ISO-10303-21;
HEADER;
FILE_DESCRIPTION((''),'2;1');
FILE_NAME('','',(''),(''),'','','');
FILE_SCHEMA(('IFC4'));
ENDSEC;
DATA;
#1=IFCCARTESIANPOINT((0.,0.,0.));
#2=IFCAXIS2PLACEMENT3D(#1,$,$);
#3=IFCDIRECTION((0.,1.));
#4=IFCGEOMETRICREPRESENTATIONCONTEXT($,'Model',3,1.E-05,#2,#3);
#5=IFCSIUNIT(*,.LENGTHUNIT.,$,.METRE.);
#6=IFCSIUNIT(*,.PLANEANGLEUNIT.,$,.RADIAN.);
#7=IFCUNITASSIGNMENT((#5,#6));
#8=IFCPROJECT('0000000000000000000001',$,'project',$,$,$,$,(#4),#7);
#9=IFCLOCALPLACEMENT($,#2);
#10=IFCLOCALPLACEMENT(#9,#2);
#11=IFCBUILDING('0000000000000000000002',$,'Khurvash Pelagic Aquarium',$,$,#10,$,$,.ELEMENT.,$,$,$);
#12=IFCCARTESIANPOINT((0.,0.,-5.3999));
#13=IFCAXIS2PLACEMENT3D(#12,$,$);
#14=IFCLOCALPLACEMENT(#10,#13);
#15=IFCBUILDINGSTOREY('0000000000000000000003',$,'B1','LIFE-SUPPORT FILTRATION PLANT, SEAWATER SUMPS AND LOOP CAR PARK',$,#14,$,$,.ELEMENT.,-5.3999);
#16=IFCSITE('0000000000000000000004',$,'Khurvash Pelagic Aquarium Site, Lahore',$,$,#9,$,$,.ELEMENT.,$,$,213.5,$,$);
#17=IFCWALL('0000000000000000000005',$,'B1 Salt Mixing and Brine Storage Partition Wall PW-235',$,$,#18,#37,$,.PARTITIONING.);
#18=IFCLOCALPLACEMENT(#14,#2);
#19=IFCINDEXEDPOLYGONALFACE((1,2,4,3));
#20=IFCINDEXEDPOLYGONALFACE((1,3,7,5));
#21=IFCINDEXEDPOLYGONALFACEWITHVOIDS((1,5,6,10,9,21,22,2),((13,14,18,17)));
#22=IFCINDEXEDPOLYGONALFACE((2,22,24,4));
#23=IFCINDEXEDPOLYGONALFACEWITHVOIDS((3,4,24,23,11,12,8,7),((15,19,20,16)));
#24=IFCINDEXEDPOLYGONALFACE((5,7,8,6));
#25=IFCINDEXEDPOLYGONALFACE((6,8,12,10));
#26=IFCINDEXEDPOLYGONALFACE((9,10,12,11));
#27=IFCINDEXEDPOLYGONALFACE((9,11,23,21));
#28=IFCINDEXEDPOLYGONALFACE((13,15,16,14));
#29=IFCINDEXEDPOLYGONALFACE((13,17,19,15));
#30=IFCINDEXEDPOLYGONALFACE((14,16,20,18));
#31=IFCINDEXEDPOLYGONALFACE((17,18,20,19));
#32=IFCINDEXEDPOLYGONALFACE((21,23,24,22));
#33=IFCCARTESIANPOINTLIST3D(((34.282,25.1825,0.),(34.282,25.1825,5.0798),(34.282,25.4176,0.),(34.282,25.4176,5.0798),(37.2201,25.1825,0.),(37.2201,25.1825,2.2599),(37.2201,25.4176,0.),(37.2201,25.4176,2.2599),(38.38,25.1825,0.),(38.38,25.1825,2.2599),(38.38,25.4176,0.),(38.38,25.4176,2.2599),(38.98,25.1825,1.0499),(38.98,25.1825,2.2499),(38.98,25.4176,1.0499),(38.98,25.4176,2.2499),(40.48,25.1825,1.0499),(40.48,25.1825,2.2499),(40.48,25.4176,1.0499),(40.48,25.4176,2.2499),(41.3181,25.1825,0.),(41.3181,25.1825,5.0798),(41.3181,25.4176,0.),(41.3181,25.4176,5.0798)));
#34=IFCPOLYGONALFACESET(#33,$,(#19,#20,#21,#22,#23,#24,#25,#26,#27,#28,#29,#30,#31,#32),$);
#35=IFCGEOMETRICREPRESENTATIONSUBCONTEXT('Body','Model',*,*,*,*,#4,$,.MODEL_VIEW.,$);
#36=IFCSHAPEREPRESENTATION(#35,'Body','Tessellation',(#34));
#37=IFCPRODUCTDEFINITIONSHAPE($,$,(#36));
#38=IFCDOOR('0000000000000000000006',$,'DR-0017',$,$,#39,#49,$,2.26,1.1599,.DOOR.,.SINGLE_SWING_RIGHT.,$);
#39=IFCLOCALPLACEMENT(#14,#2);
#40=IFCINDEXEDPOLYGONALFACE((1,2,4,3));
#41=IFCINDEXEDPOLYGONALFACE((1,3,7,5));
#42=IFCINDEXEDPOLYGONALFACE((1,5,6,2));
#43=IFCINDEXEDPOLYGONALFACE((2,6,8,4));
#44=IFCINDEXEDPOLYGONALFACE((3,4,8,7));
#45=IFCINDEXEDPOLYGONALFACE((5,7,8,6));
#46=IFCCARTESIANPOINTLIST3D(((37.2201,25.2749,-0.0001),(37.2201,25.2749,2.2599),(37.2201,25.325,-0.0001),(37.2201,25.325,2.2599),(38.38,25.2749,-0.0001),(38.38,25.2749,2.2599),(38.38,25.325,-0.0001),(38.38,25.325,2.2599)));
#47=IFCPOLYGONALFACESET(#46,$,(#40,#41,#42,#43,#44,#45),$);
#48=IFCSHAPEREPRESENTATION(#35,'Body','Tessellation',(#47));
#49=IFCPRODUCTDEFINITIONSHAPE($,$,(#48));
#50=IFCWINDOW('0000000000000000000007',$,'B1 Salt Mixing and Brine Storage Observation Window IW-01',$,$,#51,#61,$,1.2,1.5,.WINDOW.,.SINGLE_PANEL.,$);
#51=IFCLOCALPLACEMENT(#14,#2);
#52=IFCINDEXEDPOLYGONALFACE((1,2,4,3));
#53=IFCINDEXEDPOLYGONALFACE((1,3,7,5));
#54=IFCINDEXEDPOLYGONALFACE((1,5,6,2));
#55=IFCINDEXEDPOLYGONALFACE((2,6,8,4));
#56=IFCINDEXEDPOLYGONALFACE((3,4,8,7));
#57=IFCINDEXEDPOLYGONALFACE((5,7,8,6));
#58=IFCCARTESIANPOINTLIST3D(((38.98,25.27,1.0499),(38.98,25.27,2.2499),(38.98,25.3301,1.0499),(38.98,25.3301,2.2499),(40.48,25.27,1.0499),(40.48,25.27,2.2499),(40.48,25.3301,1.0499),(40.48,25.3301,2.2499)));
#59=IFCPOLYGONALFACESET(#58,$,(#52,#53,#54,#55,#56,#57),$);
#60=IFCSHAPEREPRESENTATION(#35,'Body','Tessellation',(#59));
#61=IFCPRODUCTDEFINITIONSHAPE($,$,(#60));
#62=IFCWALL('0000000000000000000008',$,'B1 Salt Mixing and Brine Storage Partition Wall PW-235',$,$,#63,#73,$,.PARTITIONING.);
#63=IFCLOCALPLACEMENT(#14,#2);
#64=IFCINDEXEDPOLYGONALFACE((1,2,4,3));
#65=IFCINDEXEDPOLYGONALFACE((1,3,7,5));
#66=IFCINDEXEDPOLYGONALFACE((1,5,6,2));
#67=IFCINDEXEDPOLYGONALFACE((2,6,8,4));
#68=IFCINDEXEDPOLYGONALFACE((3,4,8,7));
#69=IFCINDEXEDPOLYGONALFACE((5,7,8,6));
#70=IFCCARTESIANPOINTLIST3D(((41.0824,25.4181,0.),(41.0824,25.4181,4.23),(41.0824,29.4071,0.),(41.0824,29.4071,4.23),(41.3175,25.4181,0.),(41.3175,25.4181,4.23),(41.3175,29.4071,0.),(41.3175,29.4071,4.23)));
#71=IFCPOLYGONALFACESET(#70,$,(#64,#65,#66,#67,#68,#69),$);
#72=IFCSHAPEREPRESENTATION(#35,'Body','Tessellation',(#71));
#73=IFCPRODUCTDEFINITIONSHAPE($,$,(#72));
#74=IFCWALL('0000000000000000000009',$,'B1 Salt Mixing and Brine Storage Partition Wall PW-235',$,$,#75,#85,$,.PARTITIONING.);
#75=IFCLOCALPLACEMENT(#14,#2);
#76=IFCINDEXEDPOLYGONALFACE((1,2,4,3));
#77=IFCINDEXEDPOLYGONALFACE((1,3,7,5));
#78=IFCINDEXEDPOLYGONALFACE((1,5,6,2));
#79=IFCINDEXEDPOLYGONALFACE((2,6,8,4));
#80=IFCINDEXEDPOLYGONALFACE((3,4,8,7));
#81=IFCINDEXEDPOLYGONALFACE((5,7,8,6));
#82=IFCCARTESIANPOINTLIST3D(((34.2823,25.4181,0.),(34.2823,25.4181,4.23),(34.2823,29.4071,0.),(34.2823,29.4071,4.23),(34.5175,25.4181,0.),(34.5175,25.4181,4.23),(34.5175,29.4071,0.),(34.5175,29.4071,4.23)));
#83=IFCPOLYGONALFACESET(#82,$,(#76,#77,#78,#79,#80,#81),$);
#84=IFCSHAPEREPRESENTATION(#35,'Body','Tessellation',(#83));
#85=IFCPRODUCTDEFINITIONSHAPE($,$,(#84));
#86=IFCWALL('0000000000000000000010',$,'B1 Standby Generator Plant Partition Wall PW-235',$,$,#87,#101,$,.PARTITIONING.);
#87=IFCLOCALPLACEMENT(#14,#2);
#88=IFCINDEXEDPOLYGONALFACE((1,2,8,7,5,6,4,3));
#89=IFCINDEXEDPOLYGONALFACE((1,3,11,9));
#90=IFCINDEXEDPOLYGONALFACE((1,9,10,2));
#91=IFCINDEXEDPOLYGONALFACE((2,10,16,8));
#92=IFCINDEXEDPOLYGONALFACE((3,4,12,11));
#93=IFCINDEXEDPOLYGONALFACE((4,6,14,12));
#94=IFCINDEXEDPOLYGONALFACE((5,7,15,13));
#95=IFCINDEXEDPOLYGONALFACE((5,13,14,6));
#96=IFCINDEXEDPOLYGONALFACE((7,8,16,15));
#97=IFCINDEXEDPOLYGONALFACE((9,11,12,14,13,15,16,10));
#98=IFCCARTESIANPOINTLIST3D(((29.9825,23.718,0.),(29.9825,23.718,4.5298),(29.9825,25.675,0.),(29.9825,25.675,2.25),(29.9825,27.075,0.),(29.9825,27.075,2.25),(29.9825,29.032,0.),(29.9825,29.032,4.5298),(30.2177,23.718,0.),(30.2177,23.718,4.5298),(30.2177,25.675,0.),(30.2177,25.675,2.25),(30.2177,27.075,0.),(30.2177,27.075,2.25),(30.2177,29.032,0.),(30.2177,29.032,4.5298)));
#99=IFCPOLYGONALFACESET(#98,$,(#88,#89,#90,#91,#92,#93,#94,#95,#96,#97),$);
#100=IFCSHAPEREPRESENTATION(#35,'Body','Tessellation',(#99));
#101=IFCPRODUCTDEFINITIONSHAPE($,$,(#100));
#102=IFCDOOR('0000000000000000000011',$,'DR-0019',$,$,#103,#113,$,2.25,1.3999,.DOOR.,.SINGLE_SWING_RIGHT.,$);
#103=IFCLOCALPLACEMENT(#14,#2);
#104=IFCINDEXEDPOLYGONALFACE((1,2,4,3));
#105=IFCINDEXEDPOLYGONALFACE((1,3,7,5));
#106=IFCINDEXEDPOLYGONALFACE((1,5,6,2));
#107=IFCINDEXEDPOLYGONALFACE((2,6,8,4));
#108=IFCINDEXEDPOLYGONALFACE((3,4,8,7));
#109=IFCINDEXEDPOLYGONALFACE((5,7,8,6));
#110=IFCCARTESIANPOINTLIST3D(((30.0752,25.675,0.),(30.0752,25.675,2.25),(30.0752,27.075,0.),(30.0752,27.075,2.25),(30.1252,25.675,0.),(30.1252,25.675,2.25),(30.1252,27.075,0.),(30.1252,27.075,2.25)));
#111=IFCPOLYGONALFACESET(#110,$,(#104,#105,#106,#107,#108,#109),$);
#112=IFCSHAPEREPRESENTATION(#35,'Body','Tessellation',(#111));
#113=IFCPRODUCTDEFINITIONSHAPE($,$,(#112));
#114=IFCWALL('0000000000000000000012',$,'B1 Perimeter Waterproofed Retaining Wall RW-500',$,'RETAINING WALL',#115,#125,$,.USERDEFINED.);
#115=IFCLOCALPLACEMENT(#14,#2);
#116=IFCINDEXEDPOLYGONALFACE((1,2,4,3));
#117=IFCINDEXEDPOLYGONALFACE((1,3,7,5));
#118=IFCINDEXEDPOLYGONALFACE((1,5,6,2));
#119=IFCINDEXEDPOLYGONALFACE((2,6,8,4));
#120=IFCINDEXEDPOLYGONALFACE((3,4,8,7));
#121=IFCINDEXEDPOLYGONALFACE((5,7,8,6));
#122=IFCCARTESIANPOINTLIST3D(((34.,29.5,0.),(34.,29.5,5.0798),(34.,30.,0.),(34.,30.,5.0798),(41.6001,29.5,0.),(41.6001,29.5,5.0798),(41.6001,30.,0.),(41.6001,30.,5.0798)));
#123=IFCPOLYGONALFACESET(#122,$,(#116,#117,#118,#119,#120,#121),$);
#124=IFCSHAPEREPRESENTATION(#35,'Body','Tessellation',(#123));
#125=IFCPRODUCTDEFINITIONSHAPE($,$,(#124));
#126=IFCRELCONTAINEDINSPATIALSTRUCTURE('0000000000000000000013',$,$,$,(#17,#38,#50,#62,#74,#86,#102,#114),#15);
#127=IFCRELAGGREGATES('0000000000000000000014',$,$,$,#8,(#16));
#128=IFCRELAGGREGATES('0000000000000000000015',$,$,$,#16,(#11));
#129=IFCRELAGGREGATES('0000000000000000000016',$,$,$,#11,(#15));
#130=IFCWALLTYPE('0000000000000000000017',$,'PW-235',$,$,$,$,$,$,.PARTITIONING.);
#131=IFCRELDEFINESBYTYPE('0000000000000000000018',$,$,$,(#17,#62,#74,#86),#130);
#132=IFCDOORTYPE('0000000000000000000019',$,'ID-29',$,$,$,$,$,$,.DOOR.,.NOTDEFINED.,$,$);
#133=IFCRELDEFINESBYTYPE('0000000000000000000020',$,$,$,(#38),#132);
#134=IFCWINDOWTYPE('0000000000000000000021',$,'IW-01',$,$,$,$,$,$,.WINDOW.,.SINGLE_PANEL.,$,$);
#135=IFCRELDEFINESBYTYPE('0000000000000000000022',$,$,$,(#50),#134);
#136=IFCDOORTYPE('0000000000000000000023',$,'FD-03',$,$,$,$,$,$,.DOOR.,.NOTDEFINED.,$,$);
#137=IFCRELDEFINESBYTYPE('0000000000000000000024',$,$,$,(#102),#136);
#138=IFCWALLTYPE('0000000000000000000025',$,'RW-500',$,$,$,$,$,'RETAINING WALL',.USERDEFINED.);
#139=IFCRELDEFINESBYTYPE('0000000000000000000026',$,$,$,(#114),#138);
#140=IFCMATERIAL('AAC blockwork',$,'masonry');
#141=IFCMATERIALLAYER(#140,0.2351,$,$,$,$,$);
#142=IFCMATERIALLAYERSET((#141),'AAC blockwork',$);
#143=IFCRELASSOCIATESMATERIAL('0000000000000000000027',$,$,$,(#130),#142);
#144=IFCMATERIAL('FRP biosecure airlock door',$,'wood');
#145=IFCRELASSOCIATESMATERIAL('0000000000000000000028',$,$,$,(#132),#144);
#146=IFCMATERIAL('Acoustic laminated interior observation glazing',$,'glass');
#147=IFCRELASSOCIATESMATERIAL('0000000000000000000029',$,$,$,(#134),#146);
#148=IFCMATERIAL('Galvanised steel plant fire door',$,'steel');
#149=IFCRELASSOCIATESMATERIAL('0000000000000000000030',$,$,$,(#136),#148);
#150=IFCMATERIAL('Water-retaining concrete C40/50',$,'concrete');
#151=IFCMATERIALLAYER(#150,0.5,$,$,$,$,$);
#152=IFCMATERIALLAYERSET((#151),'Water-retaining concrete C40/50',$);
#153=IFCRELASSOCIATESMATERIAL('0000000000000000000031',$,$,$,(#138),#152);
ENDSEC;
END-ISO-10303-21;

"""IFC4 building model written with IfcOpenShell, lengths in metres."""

from ifc_helpers import new_model, si_unit, direction, frame, frame_2d, origin, place, context, subcontext, project, spatial, rectangle, extrude, material, layer, layer_set, type_object, element, fill, save


model = new_model("IFC4")

# Units and contexts
model_context = context("Model", 3, precision=1e-05, world=origin(), true_north=direction((0.0, 1.0)))
body_context = subcontext(model_context, "Body", "Model", "MODEL_VIEW")
ifc_project = project(units=[si_unit("LENGTHUNIT", "METRE"), si_unit("PLANEANGLEUNIT", "RADIAN")], contexts=[model_context])

# Site, building, storey
site_placement = place(None, origin())
site = spatial("IfcSite", under=ifc_project, at=site_placement, Name="Khurvash Pelagic Aquarium Site, Lahore", CompositionType="ELEMENT", RefElevation=213.5)
building_placement = place(site_placement, origin())
building = spatial("IfcBuilding", under=site, at=building_placement, Name="Khurvash Pelagic Aquarium", CompositionType="ELEMENT")
storey_placement = place(building_placement, frame((0.0, 0.0, -5.3999)))
storey = spatial("IfcBuildingStorey", under=building, at=storey_placement, Name="B1", Description="LIFE-SUPPORT FILTRATION PLANT, SEAWATER SUMPS AND LOOP CAR PARK", CompositionType="ELEMENT", Elevation=-5.3999)

# Wall, openings, door, window
ifc_material_1 = material(Name="AAC blockwork", Category="masonry")
ifc_layer_1 = layer(ifc_material_1, 0.2351)
ifc_layer_set_1 = layer_set([ifc_layer_1], Name="AAC blockwork")
wall_type_1 = type_object("IfcWallType", Name="PW-235", PredefinedType="PARTITIONING", material=ifc_layer_set_1)
wall_1_placement = place(storey_placement, frame((34.282, 25.3, 0.0), z_axis=(0.0, 0.0, 1.0), x_axis=(1.0, 0.0, 0.0)))
wall_1 = element("IfcWall", 1, at=wall_1_placement, inside=storey, type_object=wall_type_1, Name="B1 Salt Mixing and Brine Storage Partition Wall PW-235", PredefinedType="PARTITIONING", context=body_context, shape_type="SweptSolid", body=[
    extrude(rectangle(XDim=7.0361, YDim=0.2351, at=frame_2d((3.5181, 0.0))), origin(), (0.0, 0.0, 1.0), 5.0798),
])
opening_1_placement = place(wall_1_placement, frame((2.938, 0.0, 0.0)))
opening_1 = element("IfcOpeningElement", 2, at=opening_1_placement, cuts=wall_1, PredefinedType="OPENING", context=body_context, shape_type="SweptSolid", body=[
    extrude(rectangle(XDim=1.1599, YDim=2.26, at=frame_2d((0.5801, 1.1299))), frame((0.0, 0.1274, 0.0), z_axis=(0.0, -1.0, 0.0), x_axis=(1.0, 0.0, 0.0)), (0.0, 0.0, 1.0), 0.2551),
])
opening_2_placement = place(wall_1_placement, frame((4.698, 0.0, 1.0498)))
opening_2 = element("IfcOpeningElement", 3, at=opening_2_placement, cuts=wall_1, PredefinedType="OPENING", context=body_context, shape_type="SweptSolid", body=[
    extrude(rectangle(XDim=1.5, YDim=1.2, at=frame_2d((0.75, 0.6001))), frame((0.0, 0.1274, 0.0), z_axis=(0.0, -1.0, 0.0), x_axis=(1.0, 0.0, 0.0)), (0.0, 0.0, 1.0), 0.2551),
])
ifc_material_2 = material(Name="FRP biosecure airlock door", Category="wood")
door_type_1 = type_object("IfcDoorType", Name="ID-29", OperationType="NOTDEFINED", PredefinedType="DOOR", material=ifc_material_2)
door_1_placement = place(opening_1_placement, origin())
door_1 = element("IfcDoor", 4, at=door_1_placement, inside=storey, type_object=door_type_1, Name="DR-0017", OperationType="SINGLE_SWING_RIGHT", OverallHeight=2.26, OverallWidth=1.1599, PredefinedType="DOOR", context=body_context, shape_type="SweptSolid", body=[
    extrude(rectangle(XDim=1.1599, YDim=2.26, at=frame_2d((0.5801, 1.1299))), frame((0.0, 0.0249, 0.0), z_axis=(0.0, -1.0, 0.0), x_axis=(1.0, 0.0, 0.0)), (0.0, 0.0, 1.0), 0.05),
])
fill(opening_1, door_1)
ifc_material_3 = material(Name="Acoustic laminated interior observation glazing", Category="glass")
window_type = type_object("IfcWindowType", Name="IW-01", PartitioningType="SINGLE_PANEL", PredefinedType="WINDOW", material=ifc_material_3)
window_placement = place(opening_2_placement, origin())
window = element("IfcWindow", 5, at=window_placement, inside=storey, type_object=window_type, Name="B1 Salt Mixing and Brine Storage Observation Window IW-01", OverallHeight=1.2, OverallWidth=1.5, PartitioningType="SINGLE_PANEL", PredefinedType="WINDOW", context=body_context, shape_type="SweptSolid", body=[
    extrude(rectangle(XDim=1.5, YDim=1.2, at=frame_2d((0.75, 0.6001))), frame((0.0, 0.03, 0.0), z_axis=(0.0, -1.0, 0.0), x_axis=(1.0, 0.0, 0.0)), (0.0, 0.0, 1.0), 0.0601),
])
fill(opening_2, window)

# Walls
for number, where, z_axis, x_axis, name in (
    (6, (41.2, 25.418, 0.0), (0.0, 0.0, 1.0), (0.0, 1.0, 0.0), "B1 Salt Mixing and Brine Storage Partition Wall PW-235"),
    (7, (34.3999, 25.418, 0.0), (0.0, 0.0, 1.0), (0.0, 1.0, 0.0), "B1 Salt Mixing and Brine Storage Partition Wall PW-235"),
):
    element("IfcWall", number, at=place(storey_placement, frame(where, z_axis=z_axis, x_axis=x_axis)), inside=storey, type_object=wall_type_1, Name=name, PredefinedType="PARTITIONING", context=body_context, shape_type="SweptSolid", body=[
        extrude(rectangle(XDim=3.989, YDim=0.2351, at=frame_2d((1.9946, 0.0))), origin(), (0.0, 0.0, 1.0), 4.23),
    ])

# Wall, opening, door
wall_2_placement = place(storey_placement, frame((30.1001, 23.718, 0.0), z_axis=(0.0, 0.0, 1.0), x_axis=(0.0, 1.0, 0.0)))
wall_2 = element("IfcWall", 8, at=wall_2_placement, inside=storey, type_object=wall_type_1, Name="B1 Standby Generator Plant Partition Wall PW-235", PredefinedType="PARTITIONING", context=body_context, shape_type="SweptSolid", body=[
    extrude(rectangle(XDim=5.314, YDim=0.2351, at=frame_2d((2.657, 0.0))), origin(), (0.0, 0.0, 1.0), 4.5298),
])
opening_3_placement = place(wall_2_placement, frame((1.957, 0.0, 0.0)))
opening_3 = element("IfcOpeningElement", 9, at=opening_3_placement, cuts=wall_2, PredefinedType="OPENING", context=body_context, shape_type="SweptSolid", body=[
    extrude(rectangle(XDim=1.3999, YDim=2.25, at=frame_2d((0.7, 1.125))), frame((0.0, 0.1274, 0.0), z_axis=(0.0, -1.0, 0.0), x_axis=(1.0, 0.0, 0.0)), (0.0, 0.0, 1.0), 0.2551),
])
ifc_material_4 = material(Name="Galvanised steel plant fire door", Category="steel")
door_type_2 = type_object("IfcDoorType", Name="FD-03", OperationType="NOTDEFINED", PredefinedType="DOOR", material=ifc_material_4)
door_2_placement = place(opening_3_placement, origin())
door_2 = element("IfcDoor", 10, at=door_2_placement, inside=storey, type_object=door_type_2, Name="DR-0019", OperationType="SINGLE_SWING_RIGHT", OverallHeight=2.25, OverallWidth=1.3999, PredefinedType="DOOR", context=body_context, shape_type="SweptSolid", body=[
    extrude(rectangle(XDim=1.3999, YDim=2.25, at=frame_2d((0.7, 1.125))), frame((0.0, 0.0249, 0.0), z_axis=(0.0, -1.0, 0.0), x_axis=(1.0, 0.0, 0.0)), (0.0, 0.0, 1.0), 0.05),
])
fill(opening_3, door_2)

# Wall
ifc_material_5 = material(Name="Water-retaining concrete C40/50", Category="concrete")
ifc_layer_2 = layer(ifc_material_5, 0.5)
ifc_layer_set_2 = layer_set([ifc_layer_2], Name="Water-retaining concrete C40/50")
wall_type_2 = type_object("IfcWallType", Name="RW-500", ElementType="RETAINING WALL", PredefinedType="USERDEFINED", material=ifc_layer_set_2)
wall_3_placement = place(storey_placement, frame((34.0, 29.75, 0.0), z_axis=(0.0, 0.0, 1.0), x_axis=(1.0, 0.0, 0.0)))
element("IfcWall", 11, at=wall_3_placement, inside=storey, type_object=wall_type_2, Name="B1 Perimeter Waterproofed Retaining Wall RW-500", ObjectType="RETAINING WALL", PredefinedType="USERDEFINED", context=body_context, shape_type="SweptSolid", body=[
    extrude(rectangle(XDim=7.6001, YDim=0.5, at=frame_2d((3.8, 0.0))), origin(), (0.0, 0.0, 1.0), 5.0798),
])

save(model, "model.ifc")
